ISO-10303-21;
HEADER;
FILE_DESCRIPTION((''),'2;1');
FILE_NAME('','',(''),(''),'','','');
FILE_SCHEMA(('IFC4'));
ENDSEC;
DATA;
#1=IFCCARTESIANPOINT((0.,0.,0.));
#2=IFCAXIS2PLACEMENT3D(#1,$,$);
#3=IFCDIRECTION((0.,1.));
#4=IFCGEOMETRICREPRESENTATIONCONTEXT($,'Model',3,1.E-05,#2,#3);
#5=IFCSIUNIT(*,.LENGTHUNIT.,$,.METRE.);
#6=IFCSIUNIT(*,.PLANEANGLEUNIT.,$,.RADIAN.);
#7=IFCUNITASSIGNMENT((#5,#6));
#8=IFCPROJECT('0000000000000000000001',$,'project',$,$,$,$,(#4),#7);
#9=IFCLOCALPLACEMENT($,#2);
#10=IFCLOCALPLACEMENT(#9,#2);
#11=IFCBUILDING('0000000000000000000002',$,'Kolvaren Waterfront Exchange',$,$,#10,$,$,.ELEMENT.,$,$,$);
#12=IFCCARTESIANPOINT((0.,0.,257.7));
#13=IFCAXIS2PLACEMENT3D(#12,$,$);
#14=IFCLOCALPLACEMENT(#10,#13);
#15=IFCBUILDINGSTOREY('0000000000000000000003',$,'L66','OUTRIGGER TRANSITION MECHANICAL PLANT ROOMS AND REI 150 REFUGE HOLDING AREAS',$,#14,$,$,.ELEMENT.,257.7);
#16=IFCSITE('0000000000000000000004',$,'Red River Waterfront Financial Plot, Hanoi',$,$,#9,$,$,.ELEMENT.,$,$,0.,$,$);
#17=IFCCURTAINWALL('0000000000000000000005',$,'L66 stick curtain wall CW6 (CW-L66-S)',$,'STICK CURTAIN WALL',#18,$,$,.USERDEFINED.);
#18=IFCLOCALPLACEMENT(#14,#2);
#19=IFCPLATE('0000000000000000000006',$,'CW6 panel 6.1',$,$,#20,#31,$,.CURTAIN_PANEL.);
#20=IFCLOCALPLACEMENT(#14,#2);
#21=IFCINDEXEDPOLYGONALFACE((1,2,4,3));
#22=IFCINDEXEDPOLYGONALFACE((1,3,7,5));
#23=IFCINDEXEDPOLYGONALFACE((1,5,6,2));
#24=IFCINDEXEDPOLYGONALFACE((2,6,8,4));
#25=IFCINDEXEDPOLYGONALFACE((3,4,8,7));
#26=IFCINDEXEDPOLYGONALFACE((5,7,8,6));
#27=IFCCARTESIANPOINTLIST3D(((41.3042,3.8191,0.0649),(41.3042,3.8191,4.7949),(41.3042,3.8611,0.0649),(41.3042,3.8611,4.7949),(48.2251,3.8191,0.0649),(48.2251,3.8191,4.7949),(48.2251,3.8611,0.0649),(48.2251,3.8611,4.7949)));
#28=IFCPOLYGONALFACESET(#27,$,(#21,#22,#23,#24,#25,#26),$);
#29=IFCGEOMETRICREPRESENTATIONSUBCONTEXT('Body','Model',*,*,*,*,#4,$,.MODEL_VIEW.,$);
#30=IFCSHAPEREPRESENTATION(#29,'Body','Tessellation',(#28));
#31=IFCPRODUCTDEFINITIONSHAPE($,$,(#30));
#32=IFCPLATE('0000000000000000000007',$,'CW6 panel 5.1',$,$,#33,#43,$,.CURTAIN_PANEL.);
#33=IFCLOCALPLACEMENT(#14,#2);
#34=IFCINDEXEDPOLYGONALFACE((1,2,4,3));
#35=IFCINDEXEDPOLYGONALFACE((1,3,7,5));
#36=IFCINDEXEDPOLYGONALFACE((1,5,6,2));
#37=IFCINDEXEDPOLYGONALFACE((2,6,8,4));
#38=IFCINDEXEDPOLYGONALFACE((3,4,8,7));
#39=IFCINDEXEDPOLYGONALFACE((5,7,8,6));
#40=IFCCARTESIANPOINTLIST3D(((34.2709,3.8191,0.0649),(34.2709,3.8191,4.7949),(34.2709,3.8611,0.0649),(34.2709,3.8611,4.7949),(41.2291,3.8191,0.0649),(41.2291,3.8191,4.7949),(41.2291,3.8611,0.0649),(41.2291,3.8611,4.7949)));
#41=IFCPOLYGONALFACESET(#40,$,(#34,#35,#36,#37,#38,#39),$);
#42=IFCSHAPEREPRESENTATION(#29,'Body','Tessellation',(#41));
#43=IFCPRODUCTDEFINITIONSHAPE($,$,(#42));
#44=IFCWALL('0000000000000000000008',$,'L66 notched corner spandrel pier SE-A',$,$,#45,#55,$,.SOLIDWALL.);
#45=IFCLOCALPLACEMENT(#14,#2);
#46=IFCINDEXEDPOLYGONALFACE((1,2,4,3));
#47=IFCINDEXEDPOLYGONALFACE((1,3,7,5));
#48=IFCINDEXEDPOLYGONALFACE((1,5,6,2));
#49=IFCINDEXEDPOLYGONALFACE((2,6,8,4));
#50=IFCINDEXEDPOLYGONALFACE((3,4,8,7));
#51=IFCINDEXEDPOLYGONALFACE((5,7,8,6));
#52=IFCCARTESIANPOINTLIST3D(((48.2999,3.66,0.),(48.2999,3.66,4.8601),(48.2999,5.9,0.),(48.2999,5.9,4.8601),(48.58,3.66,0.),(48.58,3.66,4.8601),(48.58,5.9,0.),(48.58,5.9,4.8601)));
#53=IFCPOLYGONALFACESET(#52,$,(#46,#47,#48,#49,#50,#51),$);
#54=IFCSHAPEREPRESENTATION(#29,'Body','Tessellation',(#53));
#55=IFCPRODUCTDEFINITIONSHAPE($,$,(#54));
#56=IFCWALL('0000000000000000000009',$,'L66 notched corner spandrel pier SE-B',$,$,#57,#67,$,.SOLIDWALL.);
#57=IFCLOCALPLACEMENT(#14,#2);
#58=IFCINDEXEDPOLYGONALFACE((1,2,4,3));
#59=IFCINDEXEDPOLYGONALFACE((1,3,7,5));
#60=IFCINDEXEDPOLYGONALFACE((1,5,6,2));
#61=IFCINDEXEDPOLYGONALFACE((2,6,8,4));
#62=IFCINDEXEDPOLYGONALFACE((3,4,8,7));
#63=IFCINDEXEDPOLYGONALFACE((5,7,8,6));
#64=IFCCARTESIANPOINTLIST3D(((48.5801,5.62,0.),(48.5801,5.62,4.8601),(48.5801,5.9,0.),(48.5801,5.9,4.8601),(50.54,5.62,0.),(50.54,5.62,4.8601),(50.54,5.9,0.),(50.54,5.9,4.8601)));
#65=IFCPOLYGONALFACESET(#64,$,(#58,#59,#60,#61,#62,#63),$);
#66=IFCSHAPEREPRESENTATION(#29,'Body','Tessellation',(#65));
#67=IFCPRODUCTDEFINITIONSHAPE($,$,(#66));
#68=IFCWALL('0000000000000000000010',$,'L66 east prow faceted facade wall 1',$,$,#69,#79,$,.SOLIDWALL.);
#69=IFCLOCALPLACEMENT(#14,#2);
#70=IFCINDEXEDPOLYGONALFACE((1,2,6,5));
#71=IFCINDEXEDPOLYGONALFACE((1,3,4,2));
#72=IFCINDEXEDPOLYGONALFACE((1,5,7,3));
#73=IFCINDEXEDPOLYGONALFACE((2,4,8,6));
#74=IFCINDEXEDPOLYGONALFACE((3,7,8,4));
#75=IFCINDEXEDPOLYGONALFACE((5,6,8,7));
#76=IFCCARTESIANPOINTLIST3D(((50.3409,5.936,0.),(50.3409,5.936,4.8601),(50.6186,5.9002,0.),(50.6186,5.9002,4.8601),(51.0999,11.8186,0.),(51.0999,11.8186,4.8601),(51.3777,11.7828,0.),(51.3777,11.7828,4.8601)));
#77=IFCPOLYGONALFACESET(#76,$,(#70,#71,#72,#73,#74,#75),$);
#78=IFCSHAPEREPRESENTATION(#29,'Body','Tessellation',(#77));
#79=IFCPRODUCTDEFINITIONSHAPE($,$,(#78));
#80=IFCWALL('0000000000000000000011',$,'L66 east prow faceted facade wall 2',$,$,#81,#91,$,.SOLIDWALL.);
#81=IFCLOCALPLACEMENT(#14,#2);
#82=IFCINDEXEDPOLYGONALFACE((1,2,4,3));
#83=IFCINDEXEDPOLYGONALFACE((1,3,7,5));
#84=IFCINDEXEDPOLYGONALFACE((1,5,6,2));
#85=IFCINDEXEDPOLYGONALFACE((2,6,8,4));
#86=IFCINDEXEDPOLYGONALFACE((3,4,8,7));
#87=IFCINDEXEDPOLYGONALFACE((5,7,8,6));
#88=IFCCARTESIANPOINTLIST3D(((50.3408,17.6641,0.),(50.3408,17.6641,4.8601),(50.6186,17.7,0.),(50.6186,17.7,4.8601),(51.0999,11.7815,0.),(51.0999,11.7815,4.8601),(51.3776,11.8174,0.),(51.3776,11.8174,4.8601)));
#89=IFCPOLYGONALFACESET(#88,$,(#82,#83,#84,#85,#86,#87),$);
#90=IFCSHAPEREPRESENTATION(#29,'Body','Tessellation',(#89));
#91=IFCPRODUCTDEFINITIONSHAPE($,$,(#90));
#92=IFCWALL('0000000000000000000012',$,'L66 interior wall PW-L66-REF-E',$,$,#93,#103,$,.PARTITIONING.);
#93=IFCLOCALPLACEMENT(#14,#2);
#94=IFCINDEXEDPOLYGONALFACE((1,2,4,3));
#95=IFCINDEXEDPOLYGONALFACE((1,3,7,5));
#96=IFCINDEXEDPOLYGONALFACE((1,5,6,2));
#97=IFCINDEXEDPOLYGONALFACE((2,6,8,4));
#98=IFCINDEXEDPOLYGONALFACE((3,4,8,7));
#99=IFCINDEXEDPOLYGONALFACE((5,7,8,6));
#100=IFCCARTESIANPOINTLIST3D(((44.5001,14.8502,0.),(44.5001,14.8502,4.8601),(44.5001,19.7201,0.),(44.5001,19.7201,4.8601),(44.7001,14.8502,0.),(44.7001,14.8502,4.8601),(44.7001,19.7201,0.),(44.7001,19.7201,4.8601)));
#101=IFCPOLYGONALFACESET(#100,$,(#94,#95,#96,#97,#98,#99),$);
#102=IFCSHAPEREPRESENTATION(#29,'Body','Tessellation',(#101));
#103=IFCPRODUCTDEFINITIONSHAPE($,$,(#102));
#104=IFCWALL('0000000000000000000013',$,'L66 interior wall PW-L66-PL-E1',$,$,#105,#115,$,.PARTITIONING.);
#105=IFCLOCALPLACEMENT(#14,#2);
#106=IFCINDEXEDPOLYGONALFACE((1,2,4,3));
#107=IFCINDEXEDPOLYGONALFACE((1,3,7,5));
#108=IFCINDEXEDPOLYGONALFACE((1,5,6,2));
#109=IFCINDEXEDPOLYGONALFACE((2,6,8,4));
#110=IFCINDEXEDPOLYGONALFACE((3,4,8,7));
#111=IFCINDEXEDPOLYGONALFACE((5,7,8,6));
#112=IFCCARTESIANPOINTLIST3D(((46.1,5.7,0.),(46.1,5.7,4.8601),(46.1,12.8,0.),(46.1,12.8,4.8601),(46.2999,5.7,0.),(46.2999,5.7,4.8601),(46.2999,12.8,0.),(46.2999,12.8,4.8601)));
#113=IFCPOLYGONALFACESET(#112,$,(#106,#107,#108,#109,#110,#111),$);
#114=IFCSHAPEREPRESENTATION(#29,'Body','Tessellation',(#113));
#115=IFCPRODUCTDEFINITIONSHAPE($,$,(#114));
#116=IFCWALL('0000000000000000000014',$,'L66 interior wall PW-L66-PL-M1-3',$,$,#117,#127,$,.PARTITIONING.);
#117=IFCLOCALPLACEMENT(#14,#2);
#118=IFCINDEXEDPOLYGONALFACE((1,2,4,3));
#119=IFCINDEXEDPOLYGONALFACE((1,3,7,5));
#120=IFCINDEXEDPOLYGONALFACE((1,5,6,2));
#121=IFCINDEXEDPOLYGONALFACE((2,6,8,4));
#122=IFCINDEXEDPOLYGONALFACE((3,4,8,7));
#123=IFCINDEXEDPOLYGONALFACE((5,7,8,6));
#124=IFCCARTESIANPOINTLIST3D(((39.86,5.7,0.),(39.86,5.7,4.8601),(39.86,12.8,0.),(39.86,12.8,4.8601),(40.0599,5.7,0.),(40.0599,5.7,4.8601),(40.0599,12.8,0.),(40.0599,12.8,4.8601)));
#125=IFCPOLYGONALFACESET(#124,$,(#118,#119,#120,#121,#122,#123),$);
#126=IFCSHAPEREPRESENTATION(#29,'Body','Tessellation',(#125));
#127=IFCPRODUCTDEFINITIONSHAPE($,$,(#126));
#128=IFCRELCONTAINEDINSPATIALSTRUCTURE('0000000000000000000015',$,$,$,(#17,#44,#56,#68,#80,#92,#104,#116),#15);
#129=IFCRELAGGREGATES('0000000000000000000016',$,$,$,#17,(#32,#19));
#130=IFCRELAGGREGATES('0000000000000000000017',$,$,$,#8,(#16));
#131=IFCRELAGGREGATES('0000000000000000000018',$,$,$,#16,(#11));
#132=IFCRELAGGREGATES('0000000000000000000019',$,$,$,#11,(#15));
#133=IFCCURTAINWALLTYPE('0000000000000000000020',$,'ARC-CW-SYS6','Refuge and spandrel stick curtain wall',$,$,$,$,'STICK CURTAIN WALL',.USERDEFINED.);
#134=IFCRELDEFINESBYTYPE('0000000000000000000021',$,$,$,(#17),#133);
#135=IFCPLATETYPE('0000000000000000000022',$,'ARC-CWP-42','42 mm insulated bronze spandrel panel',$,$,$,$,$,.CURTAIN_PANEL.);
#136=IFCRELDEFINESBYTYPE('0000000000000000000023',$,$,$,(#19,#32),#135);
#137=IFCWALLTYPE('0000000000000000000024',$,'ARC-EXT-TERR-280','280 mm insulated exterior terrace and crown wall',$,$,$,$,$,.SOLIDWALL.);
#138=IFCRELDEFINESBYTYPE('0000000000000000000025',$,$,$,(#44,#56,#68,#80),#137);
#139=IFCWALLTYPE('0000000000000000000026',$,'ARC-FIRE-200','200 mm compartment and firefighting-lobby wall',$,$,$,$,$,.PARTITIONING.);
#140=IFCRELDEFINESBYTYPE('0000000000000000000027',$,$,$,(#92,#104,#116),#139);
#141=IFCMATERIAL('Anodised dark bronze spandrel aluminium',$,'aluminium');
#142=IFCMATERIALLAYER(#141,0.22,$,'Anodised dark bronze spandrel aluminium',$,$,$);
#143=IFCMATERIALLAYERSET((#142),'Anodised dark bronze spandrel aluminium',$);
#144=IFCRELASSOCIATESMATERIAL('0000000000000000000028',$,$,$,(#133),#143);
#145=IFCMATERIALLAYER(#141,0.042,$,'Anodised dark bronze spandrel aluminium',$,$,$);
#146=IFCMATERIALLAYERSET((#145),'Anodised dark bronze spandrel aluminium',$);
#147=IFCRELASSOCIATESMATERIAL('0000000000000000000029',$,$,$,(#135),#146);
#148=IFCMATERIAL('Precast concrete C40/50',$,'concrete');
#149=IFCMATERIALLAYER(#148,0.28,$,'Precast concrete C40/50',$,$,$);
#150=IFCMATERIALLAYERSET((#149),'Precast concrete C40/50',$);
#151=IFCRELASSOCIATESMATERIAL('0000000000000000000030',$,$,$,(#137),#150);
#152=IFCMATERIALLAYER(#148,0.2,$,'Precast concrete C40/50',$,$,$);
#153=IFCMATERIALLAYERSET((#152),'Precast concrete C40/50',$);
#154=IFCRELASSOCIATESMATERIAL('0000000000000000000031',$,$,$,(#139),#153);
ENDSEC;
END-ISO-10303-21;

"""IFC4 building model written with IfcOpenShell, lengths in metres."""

from ifc_helpers import new_model, si_unit, direction, frame, frame_2d, origin, origin_with_axes, origin_2d, place, context, subcontext, project, spatial, rectangle, extrude, source, transform, mapped, material, layer, layer_set, type_object, element, aggregate, save


model = new_model("IFC4")

# Units and contexts
model_context = context("Model", 3, precision=1e-05, world=origin(), true_north=direction((0.0, 1.0)))
body_context = subcontext(model_context, "Body", "Model", "MODEL_VIEW")
ifc_project = project(units=[si_unit("LENGTHUNIT", "METRE"), si_unit("PLANEANGLEUNIT", "RADIAN")], contexts=[model_context])

# Site, building, storey
site_placement = place(None, origin())
site = spatial("IfcSite", under=ifc_project, at=site_placement, Name="Red River Waterfront Financial Plot, Hanoi", CompositionType="ELEMENT", RefElevation=0.0)
building_placement = place(site_placement, origin())
building = spatial("IfcBuilding", under=site, at=building_placement, Name="Kolvaren Waterfront Exchange", CompositionType="ELEMENT")
storey_placement = place(building_placement, frame((0.0, 0.0, 257.7)))
storey = spatial("IfcBuildingStorey", under=building, at=storey_placement, Name="L66", Description="OUTRIGGER TRANSITION MECHANICAL PLANT ROOMS AND REI 150 REFUGE HOLDING AREAS", CompositionType="ELEMENT", Elevation=257.7)

# Curtain wall
ifc_material_1 = material(Name="Anodised dark bronze spandrel aluminium", Category="aluminium")
ifc_layer_1 = layer(ifc_material_1, 0.22, Name="Anodised dark bronze spandrel aluminium")
ifc_layer_set_1 = layer_set([ifc_layer_1], Name="Anodised dark bronze spandrel aluminium")
curtain_wall_type = type_object("IfcCurtainWallType", Name="ARC-CW-SYS6", Description="Refuge and spandrel stick curtain wall", ElementType="STICK CURTAIN WALL", PredefinedType="USERDEFINED", material=ifc_layer_set_1)
curtain_wall_placement = place(storey_placement, origin())
curtain_wall = element("IfcCurtainWall", 1, at=curtain_wall_placement, inside=storey, type_object=curtain_wall_type, Name="L66 stick curtain wall CW6 (CW-L66-S)", ObjectType="STICK CURTAIN WALL", PredefinedType="USERDEFINED")

# Plates
ifc_layer_2 = layer(ifc_material_1, 0.042, Name="Anodised dark bronze spandrel aluminium")
ifc_layer_set_2 = layer_set([ifc_layer_2], Name="Anodised dark bronze spandrel aluminium")
plate_type_1 = type_object("IfcPlateType", Name="ARC-CWP-42", Description="42 mm insulated bronze spandrel panel", PredefinedType="CURTAIN_PANEL", material=ifc_layer_set_2)
shared_shape_1 = source(origin_with_axes(), body_context, "Body", "SweptSolid", [
    extrude(rectangle(XDim=6.9209, YDim=0.042, at=origin_2d()), origin(), (0.0, 0.0, 1.0), 4.73),
])
plate_1_placement = place(storey_placement, frame((44.7646, 3.8401, 0.0649), z_axis=(0.0, 0.0, 1.0), x_axis=(1.0, 0.0, 0.0)))
plate_1 = element("IfcPlate", 2, at=plate_1_placement, type_object=plate_type_1, Name="CW6 panel 6.1", PredefinedType="CURTAIN_PANEL", context=body_context, shape_type="MappedRepresentation", body=[
    mapped(shared_shape_1, transform((0.0, 0.0, 0.0), x_axis=(1.0, 0.0, 0.0), y_axis=(0.0, 1.0, 0.0), z_axis=(0.0, 0.0, 1.0), scale=1.0)),
])
shared_shape_2 = source(origin_with_axes(), body_context, "Body", "SweptSolid", [
    extrude(rectangle(XDim=6.9583, YDim=0.042, at=origin_2d()), origin(), (0.0, 0.0, 1.0), 4.73),
])
plate_2_placement = place(storey_placement, frame((37.75, 3.8401, 0.0649), z_axis=(0.0, 0.0, 1.0), x_axis=(1.0, 0.0, 0.0)))
plate_2 = element("IfcPlate", 3, at=plate_2_placement, type_object=plate_type_1, Name="CW6 panel 5.1", PredefinedType="CURTAIN_PANEL", context=body_context, shape_type="MappedRepresentation", body=[
    mapped(shared_shape_2, transform((0.0, 0.0, 0.0), x_axis=(1.0, 0.0, 0.0), y_axis=(0.0, 1.0, 0.0), z_axis=(0.0, 0.0, 1.0), scale=1.0)),
])
aggregate(curtain_wall, [plate_2, plate_1])

# Walls
ifc_material_2 = material(Name="Precast concrete C40/50", Category="concrete")
ifc_layer_3 = layer(ifc_material_2, 0.28, Name="Precast concrete C40/50")
ifc_layer_set_3 = layer_set([ifc_layer_3], Name="Precast concrete C40/50")
wall_type_1 = type_object("IfcWallType", Name="ARC-EXT-TERR-280", Description="280 mm insulated exterior terrace and crown wall", PredefinedType="SOLIDWALL", material=ifc_layer_set_3)
wall_1_placement = place(storey_placement, frame((48.4399, 3.6599, 0.0), z_axis=(0.0, 0.0, 1.0), x_axis=(0.0, 1.0, 0.0)))
element("IfcWall", 4, at=wall_1_placement, inside=storey, type_object=wall_type_1, Name="L66 notched corner spandrel pier SE-A", PredefinedType="SOLIDWALL", context=body_context, shape_type="SweptSolid", body=[
    extrude(rectangle(XDim=2.24, YDim=0.28, at=frame_2d((1.1201, 0.0))), origin(), (0.0, 0.0, 1.0), 4.8601),
])
wall_2_placement = place(storey_placement, frame((48.5801, 5.76, 0.0), z_axis=(0.0, 0.0, 1.0), x_axis=(1.0, 0.0, 0.0)))
element("IfcWall", 5, at=wall_2_placement, inside=storey, type_object=wall_type_1, Name="L66 notched corner spandrel pier SE-B", PredefinedType="SOLIDWALL", context=body_context, shape_type="SweptSolid", body=[
    extrude(rectangle(XDim=1.96, YDim=0.28, at=frame_2d((0.98, 0.0))), origin(), (0.0, 0.0, 1.0), 4.8601),
])
for number, where, z_axis, x_axis, name in (
    (6, (50.4797, 5.918, 0.0), (0.0, 0.0, 1.0), (0.12797, 0.991778, 0.0), "L66 east prow faceted facade wall 1"),
    (7, (51.2388, 11.7993, 0.0), (0.0, 0.0, 1.0), (-0.12797, 0.991778, 0.0), "L66 east prow faceted facade wall 2"),
):
    element("IfcWall", number, at=place(storey_placement, frame(where, z_axis=z_axis, x_axis=x_axis)), inside=storey, type_object=wall_type_1, Name=name, PredefinedType="SOLIDWALL", context=body_context, shape_type="SweptSolid", body=[
        extrude(rectangle(XDim=5.9314, YDim=0.28, at=frame_2d((2.9658, 0.0))), origin(), (0.0, 0.0, 1.0), 4.8601),
    ])
ifc_layer_4 = layer(ifc_material_2, 0.2, Name="Precast concrete C40/50")
ifc_layer_set_4 = layer_set([ifc_layer_4], Name="Precast concrete C40/50")
wall_type_2 = type_object("IfcWallType", Name="ARC-FIRE-200", Description="200 mm compartment and firefighting-lobby wall", PredefinedType="PARTITIONING", material=ifc_layer_set_4)
wall_3_placement = place(storey_placement, frame((44.6001, 14.8501, 0.0), z_axis=(0.0, 0.0, 1.0), x_axis=(0.0, 1.0, 0.0)))
element("IfcWall", 8, at=wall_3_placement, inside=storey, type_object=wall_type_2, Name="L66 interior wall PW-L66-REF-E", PredefinedType="PARTITIONING", context=body_context, shape_type="SweptSolid", body=[
    extrude(rectangle(XDim=4.8699, YDim=0.2, at=frame_2d((2.4351, 0.0))), origin(), (0.0, 0.0, 1.0), 4.8601),
])
for number, where, z_axis, x_axis, name in (
    (9, (46.2, 5.7, 0.0), (0.0, 0.0, 1.0), (0.0, 1.0, 0.0), "L66 interior wall PW-L66-PL-E1"),
    (10, (39.96, 5.7, 0.0), (0.0, 0.0, 1.0), (0.0, 1.0, 0.0), "L66 interior wall PW-L66-PL-M1-3"),
):
    element("IfcWall", number, at=place(storey_placement, frame(where, z_axis=z_axis, x_axis=x_axis)), inside=storey, type_object=wall_type_2, Name=name, PredefinedType="PARTITIONING", context=body_context, shape_type="SweptSolid", body=[
        extrude(rectangle(XDim=7.1001, YDim=0.2, at=frame_2d((3.55, 0.0))), origin(), (0.0, 0.0, 1.0), 4.8601),
    ])

save(model, "model.ifc")
